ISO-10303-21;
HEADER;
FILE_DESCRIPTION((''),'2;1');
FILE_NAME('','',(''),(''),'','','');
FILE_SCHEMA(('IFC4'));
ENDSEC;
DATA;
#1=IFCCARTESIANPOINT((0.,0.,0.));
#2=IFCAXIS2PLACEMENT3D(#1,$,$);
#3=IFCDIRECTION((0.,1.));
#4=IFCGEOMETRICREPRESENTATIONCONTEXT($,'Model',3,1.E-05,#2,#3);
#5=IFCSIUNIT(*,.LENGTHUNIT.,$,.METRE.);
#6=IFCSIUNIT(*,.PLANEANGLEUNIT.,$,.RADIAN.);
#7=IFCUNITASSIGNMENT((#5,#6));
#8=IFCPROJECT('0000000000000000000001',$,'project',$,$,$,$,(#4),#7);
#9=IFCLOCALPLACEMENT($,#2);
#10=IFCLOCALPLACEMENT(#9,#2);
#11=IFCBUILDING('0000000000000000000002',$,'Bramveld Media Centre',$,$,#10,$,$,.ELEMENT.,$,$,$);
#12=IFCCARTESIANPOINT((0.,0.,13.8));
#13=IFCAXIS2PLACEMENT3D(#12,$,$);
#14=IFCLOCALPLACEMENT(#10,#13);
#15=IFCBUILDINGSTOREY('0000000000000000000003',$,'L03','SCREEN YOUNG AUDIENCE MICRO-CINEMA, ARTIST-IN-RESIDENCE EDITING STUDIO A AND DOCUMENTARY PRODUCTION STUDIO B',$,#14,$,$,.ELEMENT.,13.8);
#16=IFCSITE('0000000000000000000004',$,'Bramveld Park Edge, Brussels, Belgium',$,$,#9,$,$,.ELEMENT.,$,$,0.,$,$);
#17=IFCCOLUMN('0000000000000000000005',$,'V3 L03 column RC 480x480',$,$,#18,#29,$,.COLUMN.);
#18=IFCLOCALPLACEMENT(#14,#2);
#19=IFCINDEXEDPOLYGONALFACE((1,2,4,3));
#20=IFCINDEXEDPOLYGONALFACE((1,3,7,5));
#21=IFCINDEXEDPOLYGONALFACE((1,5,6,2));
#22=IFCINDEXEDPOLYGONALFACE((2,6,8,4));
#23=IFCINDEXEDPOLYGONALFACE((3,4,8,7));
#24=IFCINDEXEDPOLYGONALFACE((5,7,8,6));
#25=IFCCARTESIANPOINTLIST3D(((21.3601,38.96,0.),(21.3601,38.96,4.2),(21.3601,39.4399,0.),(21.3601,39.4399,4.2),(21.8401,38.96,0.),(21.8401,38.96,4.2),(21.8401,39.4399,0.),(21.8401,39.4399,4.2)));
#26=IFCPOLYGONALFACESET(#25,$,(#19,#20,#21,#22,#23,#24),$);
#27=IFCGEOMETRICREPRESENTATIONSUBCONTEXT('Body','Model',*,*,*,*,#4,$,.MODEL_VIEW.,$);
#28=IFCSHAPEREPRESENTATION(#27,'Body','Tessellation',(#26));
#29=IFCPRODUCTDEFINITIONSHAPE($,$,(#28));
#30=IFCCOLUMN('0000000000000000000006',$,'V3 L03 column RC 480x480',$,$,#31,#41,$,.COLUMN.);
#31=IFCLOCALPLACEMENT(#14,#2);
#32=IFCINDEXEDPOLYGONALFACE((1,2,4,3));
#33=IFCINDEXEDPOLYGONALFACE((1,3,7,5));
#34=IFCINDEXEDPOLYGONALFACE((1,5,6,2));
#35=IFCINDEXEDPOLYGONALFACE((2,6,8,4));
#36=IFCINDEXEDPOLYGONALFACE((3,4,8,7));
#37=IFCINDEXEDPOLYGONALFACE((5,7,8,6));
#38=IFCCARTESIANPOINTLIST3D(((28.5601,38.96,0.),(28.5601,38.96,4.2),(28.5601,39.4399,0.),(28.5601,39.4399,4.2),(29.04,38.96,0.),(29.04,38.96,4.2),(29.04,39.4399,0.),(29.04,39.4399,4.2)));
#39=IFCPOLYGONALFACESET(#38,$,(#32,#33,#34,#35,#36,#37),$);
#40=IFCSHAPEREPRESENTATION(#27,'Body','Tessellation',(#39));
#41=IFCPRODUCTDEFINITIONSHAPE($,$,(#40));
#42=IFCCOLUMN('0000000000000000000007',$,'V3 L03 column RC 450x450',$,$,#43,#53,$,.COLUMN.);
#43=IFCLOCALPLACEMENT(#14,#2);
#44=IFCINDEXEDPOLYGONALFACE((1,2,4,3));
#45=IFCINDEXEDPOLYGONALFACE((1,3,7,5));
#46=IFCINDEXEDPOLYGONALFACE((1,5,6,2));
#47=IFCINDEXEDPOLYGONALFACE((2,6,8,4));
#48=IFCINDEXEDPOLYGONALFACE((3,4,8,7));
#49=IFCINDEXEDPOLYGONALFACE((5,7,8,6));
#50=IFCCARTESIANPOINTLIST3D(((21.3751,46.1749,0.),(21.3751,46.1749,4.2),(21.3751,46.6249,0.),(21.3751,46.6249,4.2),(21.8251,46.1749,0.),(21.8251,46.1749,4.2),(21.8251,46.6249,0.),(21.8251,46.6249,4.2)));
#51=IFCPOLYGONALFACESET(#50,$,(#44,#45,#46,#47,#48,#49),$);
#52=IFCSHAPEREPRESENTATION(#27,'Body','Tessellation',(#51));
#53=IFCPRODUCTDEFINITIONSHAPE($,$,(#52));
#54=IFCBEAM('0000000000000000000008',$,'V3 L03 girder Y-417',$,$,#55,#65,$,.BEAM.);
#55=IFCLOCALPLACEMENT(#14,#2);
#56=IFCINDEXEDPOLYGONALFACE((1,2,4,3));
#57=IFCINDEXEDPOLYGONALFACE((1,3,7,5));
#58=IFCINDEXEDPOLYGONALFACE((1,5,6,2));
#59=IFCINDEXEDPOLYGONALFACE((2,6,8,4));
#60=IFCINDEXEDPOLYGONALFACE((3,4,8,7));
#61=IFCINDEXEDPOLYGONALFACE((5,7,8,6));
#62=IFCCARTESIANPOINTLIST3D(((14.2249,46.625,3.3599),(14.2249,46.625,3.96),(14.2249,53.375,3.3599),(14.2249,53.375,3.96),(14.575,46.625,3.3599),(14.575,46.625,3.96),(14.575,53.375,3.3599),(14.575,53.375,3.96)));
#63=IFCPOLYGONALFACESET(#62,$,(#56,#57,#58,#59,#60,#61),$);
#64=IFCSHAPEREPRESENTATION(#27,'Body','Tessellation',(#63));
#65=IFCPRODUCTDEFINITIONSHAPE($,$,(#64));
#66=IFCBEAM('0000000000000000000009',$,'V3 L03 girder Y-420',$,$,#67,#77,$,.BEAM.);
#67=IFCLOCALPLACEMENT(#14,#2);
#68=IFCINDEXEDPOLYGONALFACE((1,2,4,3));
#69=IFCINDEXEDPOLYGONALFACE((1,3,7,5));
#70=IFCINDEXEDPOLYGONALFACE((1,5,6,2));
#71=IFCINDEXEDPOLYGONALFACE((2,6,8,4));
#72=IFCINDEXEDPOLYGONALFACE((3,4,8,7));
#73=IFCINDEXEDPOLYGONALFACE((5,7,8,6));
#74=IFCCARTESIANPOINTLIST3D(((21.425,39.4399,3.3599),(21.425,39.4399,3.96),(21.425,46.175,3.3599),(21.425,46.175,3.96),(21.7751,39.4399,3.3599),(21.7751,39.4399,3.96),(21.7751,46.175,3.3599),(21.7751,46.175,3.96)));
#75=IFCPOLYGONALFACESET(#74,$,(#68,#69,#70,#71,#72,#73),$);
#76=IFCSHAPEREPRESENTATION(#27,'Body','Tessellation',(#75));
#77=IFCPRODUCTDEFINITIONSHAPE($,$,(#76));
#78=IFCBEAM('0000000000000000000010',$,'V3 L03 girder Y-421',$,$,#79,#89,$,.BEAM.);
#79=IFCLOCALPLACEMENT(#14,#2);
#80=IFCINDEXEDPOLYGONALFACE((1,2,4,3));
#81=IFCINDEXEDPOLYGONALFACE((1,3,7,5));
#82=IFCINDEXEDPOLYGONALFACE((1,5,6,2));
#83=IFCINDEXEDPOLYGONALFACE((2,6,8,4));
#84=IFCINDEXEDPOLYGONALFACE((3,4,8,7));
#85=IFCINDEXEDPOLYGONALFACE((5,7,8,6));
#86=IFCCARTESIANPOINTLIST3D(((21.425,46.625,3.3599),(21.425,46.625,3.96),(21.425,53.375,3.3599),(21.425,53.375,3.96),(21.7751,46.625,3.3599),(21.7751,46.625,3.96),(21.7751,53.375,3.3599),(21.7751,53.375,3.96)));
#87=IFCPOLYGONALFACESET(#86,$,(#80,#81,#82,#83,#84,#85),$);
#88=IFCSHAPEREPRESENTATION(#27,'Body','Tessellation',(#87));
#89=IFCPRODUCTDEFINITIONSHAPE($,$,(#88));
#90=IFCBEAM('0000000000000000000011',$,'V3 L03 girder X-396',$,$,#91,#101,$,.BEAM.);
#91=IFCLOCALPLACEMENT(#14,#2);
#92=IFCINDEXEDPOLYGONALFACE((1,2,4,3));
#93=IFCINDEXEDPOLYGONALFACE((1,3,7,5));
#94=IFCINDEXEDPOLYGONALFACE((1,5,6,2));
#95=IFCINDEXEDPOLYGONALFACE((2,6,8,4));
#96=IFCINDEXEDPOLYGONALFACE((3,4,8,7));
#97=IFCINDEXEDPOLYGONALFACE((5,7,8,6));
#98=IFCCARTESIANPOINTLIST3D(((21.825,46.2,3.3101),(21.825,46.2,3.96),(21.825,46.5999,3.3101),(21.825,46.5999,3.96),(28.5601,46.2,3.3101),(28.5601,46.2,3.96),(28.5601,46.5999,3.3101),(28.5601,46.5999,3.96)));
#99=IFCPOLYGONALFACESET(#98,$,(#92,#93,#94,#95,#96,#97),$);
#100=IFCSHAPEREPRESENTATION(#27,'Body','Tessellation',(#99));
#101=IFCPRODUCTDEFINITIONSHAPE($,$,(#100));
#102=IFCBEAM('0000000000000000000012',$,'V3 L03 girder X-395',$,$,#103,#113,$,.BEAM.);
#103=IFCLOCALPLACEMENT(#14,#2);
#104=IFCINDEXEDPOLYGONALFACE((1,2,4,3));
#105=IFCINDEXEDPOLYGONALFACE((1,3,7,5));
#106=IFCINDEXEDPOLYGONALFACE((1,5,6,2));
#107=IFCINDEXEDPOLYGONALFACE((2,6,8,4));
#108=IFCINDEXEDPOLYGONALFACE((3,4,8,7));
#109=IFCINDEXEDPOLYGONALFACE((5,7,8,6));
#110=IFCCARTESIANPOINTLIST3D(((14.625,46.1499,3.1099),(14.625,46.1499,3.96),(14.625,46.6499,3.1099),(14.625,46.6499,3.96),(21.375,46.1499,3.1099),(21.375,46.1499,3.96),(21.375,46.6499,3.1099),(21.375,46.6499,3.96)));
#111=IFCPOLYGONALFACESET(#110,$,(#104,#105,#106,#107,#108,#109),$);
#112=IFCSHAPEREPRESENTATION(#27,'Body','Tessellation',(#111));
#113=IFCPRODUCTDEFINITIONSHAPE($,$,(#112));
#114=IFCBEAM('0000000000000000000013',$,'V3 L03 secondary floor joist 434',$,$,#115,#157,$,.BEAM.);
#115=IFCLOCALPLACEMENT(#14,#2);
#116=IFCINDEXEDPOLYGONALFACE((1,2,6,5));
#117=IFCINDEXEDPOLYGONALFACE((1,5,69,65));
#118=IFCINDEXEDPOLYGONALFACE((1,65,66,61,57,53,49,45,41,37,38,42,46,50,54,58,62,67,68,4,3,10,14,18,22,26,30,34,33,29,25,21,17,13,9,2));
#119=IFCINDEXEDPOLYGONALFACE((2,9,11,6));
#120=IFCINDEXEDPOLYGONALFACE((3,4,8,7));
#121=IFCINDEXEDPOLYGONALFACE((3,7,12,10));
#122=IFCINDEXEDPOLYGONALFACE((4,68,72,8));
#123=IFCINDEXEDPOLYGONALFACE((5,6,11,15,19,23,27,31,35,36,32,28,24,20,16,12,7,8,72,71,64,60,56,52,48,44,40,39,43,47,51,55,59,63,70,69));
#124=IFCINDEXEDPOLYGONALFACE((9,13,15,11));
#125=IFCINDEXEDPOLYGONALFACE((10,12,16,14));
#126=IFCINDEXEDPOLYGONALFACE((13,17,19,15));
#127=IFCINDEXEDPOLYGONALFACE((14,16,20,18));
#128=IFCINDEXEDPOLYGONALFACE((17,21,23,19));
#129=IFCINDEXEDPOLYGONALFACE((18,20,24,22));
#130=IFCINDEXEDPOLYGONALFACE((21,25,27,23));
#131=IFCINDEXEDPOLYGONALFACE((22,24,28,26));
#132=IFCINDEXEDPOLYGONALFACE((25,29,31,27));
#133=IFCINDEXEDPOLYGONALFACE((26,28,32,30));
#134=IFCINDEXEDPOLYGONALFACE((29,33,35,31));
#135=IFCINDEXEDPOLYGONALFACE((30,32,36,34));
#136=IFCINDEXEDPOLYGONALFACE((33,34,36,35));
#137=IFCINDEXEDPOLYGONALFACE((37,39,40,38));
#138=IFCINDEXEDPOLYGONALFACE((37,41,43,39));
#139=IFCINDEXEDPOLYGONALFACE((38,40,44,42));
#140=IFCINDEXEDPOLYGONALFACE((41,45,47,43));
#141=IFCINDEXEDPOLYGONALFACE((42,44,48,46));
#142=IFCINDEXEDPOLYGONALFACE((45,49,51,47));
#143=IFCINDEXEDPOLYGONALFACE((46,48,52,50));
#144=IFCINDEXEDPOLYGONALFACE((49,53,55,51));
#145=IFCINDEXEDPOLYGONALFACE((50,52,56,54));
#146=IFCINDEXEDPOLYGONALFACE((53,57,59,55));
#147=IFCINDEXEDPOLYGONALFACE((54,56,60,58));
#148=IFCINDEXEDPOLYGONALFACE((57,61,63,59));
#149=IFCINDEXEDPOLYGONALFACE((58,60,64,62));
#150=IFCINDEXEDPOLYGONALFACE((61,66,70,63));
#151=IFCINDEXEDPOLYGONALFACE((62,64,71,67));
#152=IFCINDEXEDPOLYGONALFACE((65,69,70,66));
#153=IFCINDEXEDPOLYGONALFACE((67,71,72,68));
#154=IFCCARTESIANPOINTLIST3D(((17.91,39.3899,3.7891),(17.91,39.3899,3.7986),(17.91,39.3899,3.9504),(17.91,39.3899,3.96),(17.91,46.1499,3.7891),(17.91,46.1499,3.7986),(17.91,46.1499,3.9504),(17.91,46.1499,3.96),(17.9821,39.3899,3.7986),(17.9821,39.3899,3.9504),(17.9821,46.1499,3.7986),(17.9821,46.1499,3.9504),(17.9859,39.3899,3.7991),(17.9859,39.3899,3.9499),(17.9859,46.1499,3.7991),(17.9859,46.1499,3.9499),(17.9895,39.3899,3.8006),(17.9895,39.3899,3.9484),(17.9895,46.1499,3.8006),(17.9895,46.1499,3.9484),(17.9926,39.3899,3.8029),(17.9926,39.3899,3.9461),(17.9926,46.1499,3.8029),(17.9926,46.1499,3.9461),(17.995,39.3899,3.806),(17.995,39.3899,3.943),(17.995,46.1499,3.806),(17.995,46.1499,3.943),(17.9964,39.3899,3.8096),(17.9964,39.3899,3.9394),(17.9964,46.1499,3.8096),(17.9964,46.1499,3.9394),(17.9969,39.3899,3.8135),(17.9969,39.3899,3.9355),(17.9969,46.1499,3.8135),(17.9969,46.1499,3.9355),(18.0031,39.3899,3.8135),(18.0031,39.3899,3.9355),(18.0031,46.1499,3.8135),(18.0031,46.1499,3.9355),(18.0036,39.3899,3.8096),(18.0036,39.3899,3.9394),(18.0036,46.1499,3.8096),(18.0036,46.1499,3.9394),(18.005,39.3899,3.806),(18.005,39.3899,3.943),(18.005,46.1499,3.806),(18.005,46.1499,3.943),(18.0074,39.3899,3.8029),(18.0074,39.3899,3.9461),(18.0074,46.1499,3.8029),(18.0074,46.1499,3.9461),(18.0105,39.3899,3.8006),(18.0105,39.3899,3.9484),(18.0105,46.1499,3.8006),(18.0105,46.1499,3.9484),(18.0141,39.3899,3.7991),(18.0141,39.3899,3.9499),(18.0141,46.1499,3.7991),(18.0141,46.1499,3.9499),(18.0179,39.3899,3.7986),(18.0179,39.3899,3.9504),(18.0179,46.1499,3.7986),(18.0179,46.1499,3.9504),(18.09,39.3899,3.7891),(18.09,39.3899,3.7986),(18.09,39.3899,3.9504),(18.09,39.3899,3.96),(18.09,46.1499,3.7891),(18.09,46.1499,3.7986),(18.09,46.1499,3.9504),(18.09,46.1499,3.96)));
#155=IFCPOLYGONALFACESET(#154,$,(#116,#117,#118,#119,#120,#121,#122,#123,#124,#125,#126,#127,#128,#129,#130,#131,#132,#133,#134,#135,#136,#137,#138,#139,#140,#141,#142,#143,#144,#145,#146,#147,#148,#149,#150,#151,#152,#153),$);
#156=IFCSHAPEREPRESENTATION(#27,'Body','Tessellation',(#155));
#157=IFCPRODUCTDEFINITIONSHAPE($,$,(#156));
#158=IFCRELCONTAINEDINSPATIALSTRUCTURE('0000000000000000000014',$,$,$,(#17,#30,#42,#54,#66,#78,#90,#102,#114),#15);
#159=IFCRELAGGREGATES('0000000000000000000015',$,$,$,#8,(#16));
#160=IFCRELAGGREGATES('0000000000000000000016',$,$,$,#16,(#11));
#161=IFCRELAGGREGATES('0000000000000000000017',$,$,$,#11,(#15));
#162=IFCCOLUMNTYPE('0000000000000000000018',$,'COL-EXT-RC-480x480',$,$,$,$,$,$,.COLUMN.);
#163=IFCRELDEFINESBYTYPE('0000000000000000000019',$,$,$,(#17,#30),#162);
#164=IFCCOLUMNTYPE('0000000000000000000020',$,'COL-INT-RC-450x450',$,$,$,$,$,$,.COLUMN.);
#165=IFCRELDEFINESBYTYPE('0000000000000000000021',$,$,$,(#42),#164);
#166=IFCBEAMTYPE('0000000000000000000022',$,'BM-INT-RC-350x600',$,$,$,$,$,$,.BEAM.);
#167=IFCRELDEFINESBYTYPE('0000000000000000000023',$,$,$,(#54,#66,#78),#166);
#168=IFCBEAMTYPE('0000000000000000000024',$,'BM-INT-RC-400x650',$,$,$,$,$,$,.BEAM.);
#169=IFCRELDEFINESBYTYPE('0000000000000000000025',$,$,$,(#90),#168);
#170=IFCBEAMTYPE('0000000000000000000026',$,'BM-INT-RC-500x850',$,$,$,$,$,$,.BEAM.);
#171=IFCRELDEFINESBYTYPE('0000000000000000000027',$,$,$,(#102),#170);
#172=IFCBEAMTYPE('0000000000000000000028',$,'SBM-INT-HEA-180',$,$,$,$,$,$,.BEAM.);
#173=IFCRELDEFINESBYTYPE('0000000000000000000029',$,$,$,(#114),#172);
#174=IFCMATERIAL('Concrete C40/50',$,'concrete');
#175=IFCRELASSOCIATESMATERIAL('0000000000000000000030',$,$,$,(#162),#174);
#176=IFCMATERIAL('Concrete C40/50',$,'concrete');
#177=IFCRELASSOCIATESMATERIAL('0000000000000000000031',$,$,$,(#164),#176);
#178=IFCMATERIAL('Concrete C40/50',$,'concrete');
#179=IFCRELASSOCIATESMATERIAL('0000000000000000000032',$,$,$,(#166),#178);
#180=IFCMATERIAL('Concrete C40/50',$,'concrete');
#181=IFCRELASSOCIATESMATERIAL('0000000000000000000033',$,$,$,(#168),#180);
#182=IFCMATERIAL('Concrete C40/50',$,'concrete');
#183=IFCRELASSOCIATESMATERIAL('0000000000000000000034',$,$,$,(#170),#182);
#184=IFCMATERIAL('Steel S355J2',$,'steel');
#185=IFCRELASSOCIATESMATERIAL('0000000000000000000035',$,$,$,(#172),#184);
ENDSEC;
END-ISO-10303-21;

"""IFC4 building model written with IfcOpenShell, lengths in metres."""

from ifc_helpers import new_model, si_unit, direction, frame, origin, origin_2d, place, context, subcontext, project, spatial, rectangle, i_section, extrude, material, material_profile, profile_set, type_object, element, save


model = new_model("IFC4")

# Units and contexts
model_context = context("Model", 3, precision=1e-05, world=origin(), true_north=direction((0.0, 1.0)))
body_context = subcontext(model_context, "Body", "Model", "MODEL_VIEW")
ifc_project = project(units=[si_unit("LENGTHUNIT", "METRE"), si_unit("PLANEANGLEUNIT", "RADIAN")], contexts=[model_context])

# Site, building, storey
site_placement = place(None, origin())
site = spatial("IfcSite", under=ifc_project, at=site_placement, Name="Bramveld Park Edge, Brussels, Belgium", CompositionType="ELEMENT", RefElevation=0.0)
building_placement = place(site_placement, origin())
building = spatial("IfcBuilding", under=site, at=building_placement, Name="Bramveld Media Centre", CompositionType="ELEMENT")
storey_placement = place(building_placement, frame((0.0, 0.0, 13.8)))
storey = spatial("IfcBuildingStorey", under=building, at=storey_placement, Name="L03", Description="SCREEN YOUNG AUDIENCE MICRO-CINEMA, ARTIST-IN-RESIDENCE EDITING STUDIO A AND DOCUMENTARY PRODUCTION STUDIO B", CompositionType="ELEMENT", Elevation=13.8)

# Columns
ifc_material_1 = material(Name="Concrete C40/50", Category="concrete")
ifc_material_profile_1 = material_profile(ifc_material_1, rectangle(XDim=0.48, YDim=0.48, at=origin_2d()), Name="RC 480x480")
ifc_profile_set_1 = profile_set([ifc_material_profile_1], Name="Concrete C40/50")
column_type_1 = type_object("IfcColumnType", Name="COL-EXT-RC-480x480", PredefinedType="COLUMN", material=ifc_profile_set_1)
for number, where, z_axis, x_axis, name in (
    (1, (21.6001, 39.2, 0.0), (0.0, 0.0, 1.0), (1.0, 0.0, 0.0), "V3 L03 column RC 480x480"),
    (2, (28.8, 39.2, 0.0), (0.0, 0.0, 1.0), (1.0, 0.0, 0.0), "V3 L03 column RC 480x480"),
):
    element("IfcColumn", number, at=place(storey_placement, frame(where, z_axis=z_axis, x_axis=x_axis)), inside=storey, type_object=column_type_1, Name=name, PredefinedType="COLUMN", context=body_context, shape_type="SweptSolid", body=[
        extrude(rectangle(XDim=0.48, YDim=0.48, at=origin_2d()), origin(), (0.0, 0.0, 1.0), 4.2),
    ])
ifc_material_2 = material(Name="Concrete C40/50", Category="concrete")
ifc_material_profile_2 = material_profile(ifc_material_2, rectangle(XDim=0.45, YDim=0.45, at=origin_2d()), Name="RC 450x450")
ifc_profile_set_2 = profile_set([ifc_material_profile_2], Name="Concrete C40/50")
column_type_2 = type_object("IfcColumnType", Name="COL-INT-RC-450x450", PredefinedType="COLUMN", material=ifc_profile_set_2)
column_placement = place(storey_placement, frame((21.6001, 46.3999, 0.0), z_axis=(0.0, 0.0, 1.0), x_axis=(1.0, 0.0, 0.0)))
element("IfcColumn", 3, at=column_placement, inside=storey, type_object=column_type_2, Name="V3 L03 column RC 450x450", PredefinedType="COLUMN", context=body_context, shape_type="SweptSolid", body=[
    extrude(rectangle(XDim=0.45, YDim=0.45, at=origin_2d()), origin(), (0.0, 0.0, 1.0), 4.2),
])

# Beams
ifc_material_3 = material(Name="Concrete C40/50", Category="concrete")
ifc_material_profile_3 = material_profile(ifc_material_3, rectangle(XDim=0.3501, YDim=0.6001, at=origin_2d()), Name="RC 350x600")
ifc_profile_set_3 = profile_set([ifc_material_profile_3], Name="Concrete C40/50")
beam_type_1 = type_object("IfcBeamType", Name="BM-INT-RC-350x600", PredefinedType="BEAM", material=ifc_profile_set_3)
beam_1_placement = place(storey_placement, frame((14.3999, 46.625, 3.6599), z_axis=(0.0, 1.0, 0.0), x_axis=(-1.0, 0.0, 0.0)))
element("IfcBeam", 4, at=beam_1_placement, inside=storey, type_object=beam_type_1, Name="V3 L03 girder Y-417", PredefinedType="BEAM", context=body_context, shape_type="SweptSolid", body=[
    extrude(rectangle(XDim=0.3501, YDim=0.6001, at=origin_2d()), origin(), (0.0, 0.0, 1.0), 6.75),
])
beam_2_placement = place(storey_placement, frame((21.6001, 39.4399, 3.6599), z_axis=(0.0, 1.0, 0.0), x_axis=(-1.0, 0.0, 0.0)))
element("IfcBeam", 5, at=beam_2_placement, inside=storey, type_object=beam_type_1, Name="V3 L03 girder Y-420", PredefinedType="BEAM", context=body_context, shape_type="SweptSolid", body=[
    extrude(rectangle(XDim=0.3501, YDim=0.6001, at=origin_2d()), origin(), (0.0, 0.0, 1.0), 6.7351),
])
beam_3_placement = place(storey_placement, frame((21.6001, 46.625, 3.6599), z_axis=(0.0, 1.0, 0.0), x_axis=(-1.0, 0.0, 0.0)))
element("IfcBeam", 6, at=beam_3_placement, inside=storey, type_object=beam_type_1, Name="V3 L03 girder Y-421", PredefinedType="BEAM", context=body_context, shape_type="SweptSolid", body=[
    extrude(rectangle(XDim=0.3501, YDim=0.6001, at=origin_2d()), origin(), (0.0, 0.0, 1.0), 6.75),
])
ifc_material_4 = material(Name="Concrete C40/50", Category="concrete")
ifc_material_profile_4 = material_profile(ifc_material_4, rectangle(XDim=0.3999, YDim=0.6499, at=origin_2d()), Name="RC 400x650")
ifc_profile_set_4 = profile_set([ifc_material_profile_4], Name="Concrete C40/50")
beam_type_2 = type_object("IfcBeamType", Name="BM-INT-RC-400x650", PredefinedType="BEAM", material=ifc_profile_set_4)
beam_4_placement = place(storey_placement, frame((21.825, 46.3999, 3.635), z_axis=(1.0, 0.0, 0.0), x_axis=(0.0, 1.0, 0.0)))
element("IfcBeam", 7, at=beam_4_placement, inside=storey, type_object=beam_type_2, Name="V3 L03 girder X-396", PredefinedType="BEAM", context=body_context, shape_type="SweptSolid", body=[
    extrude(rectangle(XDim=0.3999, YDim=0.6499, at=origin_2d()), origin(), (0.0, 0.0, 1.0), 6.7351),
])
ifc_material_5 = material(Name="Concrete C40/50", Category="concrete")
ifc_material_profile_5 = material_profile(ifc_material_5, rectangle(XDim=0.5, YDim=0.8501, at=origin_2d()), Name="RC 500x850")
ifc_profile_set_5 = profile_set([ifc_material_profile_5], Name="Concrete C40/50")
beam_type_3 = type_object("IfcBeamType", Name="BM-INT-RC-500x850", PredefinedType="BEAM", material=ifc_profile_set_5)
beam_5_placement = place(storey_placement, frame((14.625, 46.3999, 3.5349), z_axis=(1.0, 0.0, 0.0), x_axis=(0.0, 1.0, 0.0)))
element("IfcBeam", 8, at=beam_5_placement, inside=storey, type_object=beam_type_3, Name="V3 L03 girder X-395", PredefinedType="BEAM", context=body_context, shape_type="SweptSolid", body=[
    extrude(rectangle(XDim=0.5, YDim=0.8501, at=origin_2d()), origin(), (0.0, 0.0, 1.0), 6.75),
])
ifc_material_6 = material(Name="Steel S355J2", Category="steel")
ifc_material_profile_6 = material_profile(ifc_material_6, i_section(OverallWidth=0.1799, OverallDepth=0.1709, WebThickness=0.0061, FlangeThickness=0.0095, FilletRadius=0.0149, at=origin_2d()), Name="HEA 180")
ifc_profile_set_6 = profile_set([ifc_material_profile_6], Name="Steel S355J2")
beam_type_4 = type_object("IfcBeamType", Name="SBM-INT-HEA-180", PredefinedType="BEAM", material=ifc_profile_set_6)
beam_6_placement = place(storey_placement, frame((18.0, 39.3899, 3.8745), z_axis=(0.0, 1.0, 0.0), x_axis=(-1.0, 0.0, 0.0)))
element("IfcBeam", 9, at=beam_6_placement, inside=storey, type_object=beam_type_4, Name="V3 L03 secondary floor joist 434", PredefinedType="BEAM", context=body_context, shape_type="SweptSolid", body=[
    extrude(i_section(OverallWidth=0.1799, OverallDepth=0.1709, WebThickness=0.0061, FlangeThickness=0.0095, FilletRadius=0.0149, at=origin_2d()), origin(), (0.0, 0.0, 1.0), 6.76),
])

save(model, "model.ifc")
